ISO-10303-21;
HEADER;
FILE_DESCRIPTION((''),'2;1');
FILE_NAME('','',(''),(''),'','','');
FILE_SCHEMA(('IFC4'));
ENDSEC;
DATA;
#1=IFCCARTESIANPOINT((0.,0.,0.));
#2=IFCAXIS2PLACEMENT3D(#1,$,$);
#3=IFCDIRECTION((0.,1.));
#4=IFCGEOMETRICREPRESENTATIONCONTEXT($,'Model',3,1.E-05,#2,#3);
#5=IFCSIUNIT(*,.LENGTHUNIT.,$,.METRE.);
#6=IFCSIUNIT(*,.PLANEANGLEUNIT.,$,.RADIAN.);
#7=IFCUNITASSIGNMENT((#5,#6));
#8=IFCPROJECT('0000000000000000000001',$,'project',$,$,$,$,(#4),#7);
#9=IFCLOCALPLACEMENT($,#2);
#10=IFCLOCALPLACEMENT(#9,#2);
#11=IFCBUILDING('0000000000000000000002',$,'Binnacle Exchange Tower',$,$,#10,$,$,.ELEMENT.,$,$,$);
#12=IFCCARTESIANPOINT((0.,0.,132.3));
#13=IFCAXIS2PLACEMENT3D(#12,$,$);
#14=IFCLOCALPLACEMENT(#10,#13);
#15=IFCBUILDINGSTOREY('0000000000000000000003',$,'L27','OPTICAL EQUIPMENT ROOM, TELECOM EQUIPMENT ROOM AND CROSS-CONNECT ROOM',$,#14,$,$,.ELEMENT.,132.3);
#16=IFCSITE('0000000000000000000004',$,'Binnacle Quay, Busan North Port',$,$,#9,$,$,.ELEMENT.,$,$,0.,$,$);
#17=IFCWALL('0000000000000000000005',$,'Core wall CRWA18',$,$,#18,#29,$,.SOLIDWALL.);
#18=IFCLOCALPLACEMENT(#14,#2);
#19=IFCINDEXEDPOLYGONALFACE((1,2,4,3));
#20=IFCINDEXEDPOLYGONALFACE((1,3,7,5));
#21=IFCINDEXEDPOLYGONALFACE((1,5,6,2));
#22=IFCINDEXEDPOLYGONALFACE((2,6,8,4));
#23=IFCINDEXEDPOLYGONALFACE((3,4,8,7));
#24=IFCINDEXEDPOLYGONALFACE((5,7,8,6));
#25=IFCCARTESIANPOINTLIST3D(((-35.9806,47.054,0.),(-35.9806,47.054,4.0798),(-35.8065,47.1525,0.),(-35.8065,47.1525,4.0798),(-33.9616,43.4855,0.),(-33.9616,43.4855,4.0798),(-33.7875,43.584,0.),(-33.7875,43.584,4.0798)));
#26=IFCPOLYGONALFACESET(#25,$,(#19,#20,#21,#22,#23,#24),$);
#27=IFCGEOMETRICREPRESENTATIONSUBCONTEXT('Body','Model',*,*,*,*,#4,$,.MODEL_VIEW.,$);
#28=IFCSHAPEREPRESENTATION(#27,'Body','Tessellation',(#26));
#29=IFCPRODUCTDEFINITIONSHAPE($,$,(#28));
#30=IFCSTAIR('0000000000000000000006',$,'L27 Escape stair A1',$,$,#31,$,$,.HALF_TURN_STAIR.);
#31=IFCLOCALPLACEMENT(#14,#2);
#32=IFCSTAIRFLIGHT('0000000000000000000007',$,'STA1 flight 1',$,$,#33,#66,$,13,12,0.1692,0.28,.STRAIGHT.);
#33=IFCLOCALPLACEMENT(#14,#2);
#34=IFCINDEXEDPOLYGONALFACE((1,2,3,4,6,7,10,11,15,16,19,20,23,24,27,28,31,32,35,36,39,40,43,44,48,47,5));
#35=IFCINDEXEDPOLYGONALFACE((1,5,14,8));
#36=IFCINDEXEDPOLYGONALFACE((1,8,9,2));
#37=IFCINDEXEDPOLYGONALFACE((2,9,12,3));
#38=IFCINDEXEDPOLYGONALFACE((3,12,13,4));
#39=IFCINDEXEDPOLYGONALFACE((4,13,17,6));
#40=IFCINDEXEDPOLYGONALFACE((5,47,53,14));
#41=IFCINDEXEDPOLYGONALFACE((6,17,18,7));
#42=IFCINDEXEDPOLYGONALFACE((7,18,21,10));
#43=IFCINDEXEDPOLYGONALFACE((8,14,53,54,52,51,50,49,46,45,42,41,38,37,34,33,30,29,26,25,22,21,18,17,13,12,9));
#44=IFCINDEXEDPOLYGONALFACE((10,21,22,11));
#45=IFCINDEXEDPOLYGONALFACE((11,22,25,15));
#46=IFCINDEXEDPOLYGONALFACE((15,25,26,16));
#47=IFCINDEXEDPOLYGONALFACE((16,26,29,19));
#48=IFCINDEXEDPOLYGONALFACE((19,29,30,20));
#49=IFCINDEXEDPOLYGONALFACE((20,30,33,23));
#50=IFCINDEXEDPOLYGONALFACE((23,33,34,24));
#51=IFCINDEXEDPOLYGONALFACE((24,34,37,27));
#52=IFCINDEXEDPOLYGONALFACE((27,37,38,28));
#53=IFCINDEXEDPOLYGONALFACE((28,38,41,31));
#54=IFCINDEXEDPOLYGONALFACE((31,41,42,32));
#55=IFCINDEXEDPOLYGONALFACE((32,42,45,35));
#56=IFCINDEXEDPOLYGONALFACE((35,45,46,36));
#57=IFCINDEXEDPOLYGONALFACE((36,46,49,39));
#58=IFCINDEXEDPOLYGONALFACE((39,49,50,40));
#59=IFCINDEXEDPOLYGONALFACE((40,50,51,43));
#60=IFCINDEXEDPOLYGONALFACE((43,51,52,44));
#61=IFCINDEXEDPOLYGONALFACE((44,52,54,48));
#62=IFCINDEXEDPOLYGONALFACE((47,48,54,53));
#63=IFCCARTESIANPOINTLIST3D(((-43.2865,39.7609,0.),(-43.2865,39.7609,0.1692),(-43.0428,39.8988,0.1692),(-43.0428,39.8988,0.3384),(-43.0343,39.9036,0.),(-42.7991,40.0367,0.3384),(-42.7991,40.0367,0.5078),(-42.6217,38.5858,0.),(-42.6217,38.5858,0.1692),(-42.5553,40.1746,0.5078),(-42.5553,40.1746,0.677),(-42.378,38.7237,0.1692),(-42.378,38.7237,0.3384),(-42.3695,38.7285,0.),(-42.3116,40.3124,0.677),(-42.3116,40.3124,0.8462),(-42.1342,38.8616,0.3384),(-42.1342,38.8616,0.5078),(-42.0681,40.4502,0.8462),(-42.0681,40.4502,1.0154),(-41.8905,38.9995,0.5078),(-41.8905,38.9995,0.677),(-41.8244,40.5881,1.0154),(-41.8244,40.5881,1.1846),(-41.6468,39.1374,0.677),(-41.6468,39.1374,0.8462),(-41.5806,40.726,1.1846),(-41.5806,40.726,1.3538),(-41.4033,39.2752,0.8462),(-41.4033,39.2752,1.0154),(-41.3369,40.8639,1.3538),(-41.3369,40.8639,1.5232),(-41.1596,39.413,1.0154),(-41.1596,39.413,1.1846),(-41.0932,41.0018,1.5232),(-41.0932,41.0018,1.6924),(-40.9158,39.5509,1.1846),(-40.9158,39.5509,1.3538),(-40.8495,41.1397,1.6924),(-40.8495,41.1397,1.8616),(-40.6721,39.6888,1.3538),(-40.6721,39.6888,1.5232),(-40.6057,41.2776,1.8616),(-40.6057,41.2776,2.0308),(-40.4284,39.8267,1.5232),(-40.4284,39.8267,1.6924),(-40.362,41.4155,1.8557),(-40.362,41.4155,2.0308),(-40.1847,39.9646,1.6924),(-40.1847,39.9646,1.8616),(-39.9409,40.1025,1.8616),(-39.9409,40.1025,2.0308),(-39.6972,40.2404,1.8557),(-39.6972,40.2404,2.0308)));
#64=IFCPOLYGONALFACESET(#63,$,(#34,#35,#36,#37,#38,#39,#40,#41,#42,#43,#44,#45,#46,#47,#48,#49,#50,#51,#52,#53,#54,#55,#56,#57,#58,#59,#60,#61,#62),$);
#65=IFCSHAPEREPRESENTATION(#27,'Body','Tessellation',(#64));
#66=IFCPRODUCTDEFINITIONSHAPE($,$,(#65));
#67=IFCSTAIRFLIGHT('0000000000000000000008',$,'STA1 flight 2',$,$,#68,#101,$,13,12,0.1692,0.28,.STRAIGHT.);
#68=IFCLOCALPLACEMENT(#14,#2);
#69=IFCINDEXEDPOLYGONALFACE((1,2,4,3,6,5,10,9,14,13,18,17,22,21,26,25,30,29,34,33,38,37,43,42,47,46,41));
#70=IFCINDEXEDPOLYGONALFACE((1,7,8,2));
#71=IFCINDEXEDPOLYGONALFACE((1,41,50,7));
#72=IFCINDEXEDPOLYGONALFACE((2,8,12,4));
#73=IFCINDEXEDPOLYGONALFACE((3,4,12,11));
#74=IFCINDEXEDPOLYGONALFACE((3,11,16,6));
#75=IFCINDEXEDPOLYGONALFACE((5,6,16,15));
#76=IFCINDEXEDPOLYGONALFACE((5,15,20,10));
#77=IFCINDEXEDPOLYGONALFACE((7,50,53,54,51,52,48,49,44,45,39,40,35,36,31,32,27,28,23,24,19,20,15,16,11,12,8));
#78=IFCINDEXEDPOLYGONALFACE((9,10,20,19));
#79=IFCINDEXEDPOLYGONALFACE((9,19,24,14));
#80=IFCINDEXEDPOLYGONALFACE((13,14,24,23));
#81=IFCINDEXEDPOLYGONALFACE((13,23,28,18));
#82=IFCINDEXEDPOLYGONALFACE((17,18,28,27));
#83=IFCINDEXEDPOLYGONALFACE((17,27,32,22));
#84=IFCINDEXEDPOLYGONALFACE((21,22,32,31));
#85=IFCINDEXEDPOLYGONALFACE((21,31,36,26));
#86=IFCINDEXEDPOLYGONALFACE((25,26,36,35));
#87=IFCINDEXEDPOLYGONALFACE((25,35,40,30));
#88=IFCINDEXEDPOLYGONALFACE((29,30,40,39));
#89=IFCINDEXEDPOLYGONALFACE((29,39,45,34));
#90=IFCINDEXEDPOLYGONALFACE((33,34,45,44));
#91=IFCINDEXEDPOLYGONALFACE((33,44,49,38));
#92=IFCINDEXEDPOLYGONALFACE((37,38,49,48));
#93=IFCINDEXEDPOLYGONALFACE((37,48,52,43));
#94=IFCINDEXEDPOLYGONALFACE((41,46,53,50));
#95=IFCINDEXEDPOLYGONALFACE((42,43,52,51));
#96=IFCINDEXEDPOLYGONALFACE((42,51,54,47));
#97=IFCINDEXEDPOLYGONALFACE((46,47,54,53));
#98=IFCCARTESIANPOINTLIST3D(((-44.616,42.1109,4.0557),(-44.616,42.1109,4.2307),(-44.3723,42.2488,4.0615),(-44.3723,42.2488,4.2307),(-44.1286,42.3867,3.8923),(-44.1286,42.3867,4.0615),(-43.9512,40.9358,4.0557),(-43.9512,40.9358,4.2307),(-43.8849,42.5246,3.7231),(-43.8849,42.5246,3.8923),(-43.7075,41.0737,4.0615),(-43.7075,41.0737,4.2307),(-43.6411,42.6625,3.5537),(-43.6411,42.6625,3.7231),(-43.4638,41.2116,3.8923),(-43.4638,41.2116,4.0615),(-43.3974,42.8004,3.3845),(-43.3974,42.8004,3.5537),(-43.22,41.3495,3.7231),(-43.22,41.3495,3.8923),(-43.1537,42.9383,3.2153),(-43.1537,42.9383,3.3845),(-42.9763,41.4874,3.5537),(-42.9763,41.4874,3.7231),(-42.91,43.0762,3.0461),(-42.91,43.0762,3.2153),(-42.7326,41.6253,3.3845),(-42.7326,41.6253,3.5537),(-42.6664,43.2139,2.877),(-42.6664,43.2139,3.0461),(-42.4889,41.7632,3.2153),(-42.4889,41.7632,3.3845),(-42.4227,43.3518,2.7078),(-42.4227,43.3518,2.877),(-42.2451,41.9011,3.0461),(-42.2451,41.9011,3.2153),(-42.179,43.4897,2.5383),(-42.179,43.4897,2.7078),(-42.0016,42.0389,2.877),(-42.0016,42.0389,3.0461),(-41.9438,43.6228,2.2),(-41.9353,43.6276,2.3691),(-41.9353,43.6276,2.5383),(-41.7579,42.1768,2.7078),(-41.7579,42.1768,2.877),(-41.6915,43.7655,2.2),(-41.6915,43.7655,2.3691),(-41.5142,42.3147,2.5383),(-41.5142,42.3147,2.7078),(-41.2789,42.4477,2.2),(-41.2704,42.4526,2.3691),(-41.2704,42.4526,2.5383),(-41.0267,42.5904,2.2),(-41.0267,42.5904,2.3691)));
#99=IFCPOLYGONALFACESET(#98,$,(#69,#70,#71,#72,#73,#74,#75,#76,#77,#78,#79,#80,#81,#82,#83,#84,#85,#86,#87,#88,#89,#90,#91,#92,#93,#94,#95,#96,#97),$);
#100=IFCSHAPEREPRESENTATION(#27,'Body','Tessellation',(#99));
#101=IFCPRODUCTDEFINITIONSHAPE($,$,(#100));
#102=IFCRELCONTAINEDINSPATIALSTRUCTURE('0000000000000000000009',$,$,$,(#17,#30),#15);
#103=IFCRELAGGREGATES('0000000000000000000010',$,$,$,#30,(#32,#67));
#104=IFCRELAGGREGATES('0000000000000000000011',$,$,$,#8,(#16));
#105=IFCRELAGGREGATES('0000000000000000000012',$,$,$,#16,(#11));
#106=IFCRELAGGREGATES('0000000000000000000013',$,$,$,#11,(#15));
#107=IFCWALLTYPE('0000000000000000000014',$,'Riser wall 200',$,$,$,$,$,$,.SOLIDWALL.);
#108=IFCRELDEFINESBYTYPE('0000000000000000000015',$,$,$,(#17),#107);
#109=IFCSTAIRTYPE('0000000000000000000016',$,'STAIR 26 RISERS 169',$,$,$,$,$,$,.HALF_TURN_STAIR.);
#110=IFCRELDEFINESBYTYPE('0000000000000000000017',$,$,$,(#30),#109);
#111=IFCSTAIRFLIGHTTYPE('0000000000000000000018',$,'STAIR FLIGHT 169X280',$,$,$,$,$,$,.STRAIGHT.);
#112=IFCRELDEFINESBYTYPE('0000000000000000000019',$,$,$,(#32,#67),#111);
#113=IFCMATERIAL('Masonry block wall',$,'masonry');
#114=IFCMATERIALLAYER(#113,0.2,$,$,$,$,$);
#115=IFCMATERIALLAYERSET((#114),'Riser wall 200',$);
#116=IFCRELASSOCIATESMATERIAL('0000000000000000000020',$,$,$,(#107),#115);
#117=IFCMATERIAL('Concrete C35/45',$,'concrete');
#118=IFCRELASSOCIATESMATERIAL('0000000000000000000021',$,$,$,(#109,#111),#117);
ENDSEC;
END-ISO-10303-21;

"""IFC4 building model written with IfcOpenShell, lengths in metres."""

from ifc_helpers import new_model, si_unit, direction, frame, frame_2d, origin, place, context, subcontext, project, spatial, polyline, rectangle, outline, extrude, material, layer, layer_set, type_object, element, aggregate, save


model = new_model("IFC4")

# Units and contexts
model_context = context("Model", 3, precision=1e-05, world=origin(), true_north=direction((0.0, 1.0)))
body_context = subcontext(model_context, "Body", "Model", "MODEL_VIEW")
ifc_project = project(units=[si_unit("LENGTHUNIT", "METRE"), si_unit("PLANEANGLEUNIT", "RADIAN")], contexts=[model_context])

# Site, building, storey
site_placement = place(None, origin())
site = spatial("IfcSite", under=ifc_project, at=site_placement, Name="Binnacle Quay, Busan North Port", CompositionType="ELEMENT", RefElevation=0.0)
building_placement = place(site_placement, origin())
building = spatial("IfcBuilding", under=site, at=building_placement, Name="Binnacle Exchange Tower", CompositionType="ELEMENT")
storey_placement = place(building_placement, frame((0.0, 0.0, 132.3)))
storey = spatial("IfcBuildingStorey", under=building, at=storey_placement, Name="L27", Description="OPTICAL EQUIPMENT ROOM, TELECOM EQUIPMENT ROOM AND CROSS-CONNECT ROOM", CompositionType="ELEMENT", Elevation=132.3)

# Shared definitions
ifc_material_1 = material(Name="Masonry block wall", Category="masonry")

# Wall
ifc_layer_1 = layer(ifc_material_1, 0.2)
ifc_layer_set_1 = layer_set([ifc_layer_1], Name="Riser wall 200")
wall_type_1 = type_object("IfcWallType", Name="Riser wall 200", PredefinedType="SOLIDWALL", material=ifc_layer_set_1)
wall_1_placement = place(storey_placement, frame((-35.8936, 47.1033, 0.0), z_axis=(0.0, 0.0, 1.0), x_axis=(0.492428, -0.870353, 0.0)))
element("IfcWall", 1, at=wall_1_placement, inside=storey, type_object=wall_type_1, Name="Core wall CRWA18", PredefinedType="SOLIDWALL", context=body_context, shape_type="SweptSolid", body=[
    extrude(rectangle(XDim=4.1001, YDim=0.2, at=frame_2d((2.05, 0.0))), origin(), (0.0, 0.0, 1.0), 4.0798),
])

# Stair, stair flights
ifc_material_2 = material(Name="Concrete C35/45", Category="concrete")
stair_type = type_object("IfcStairType", Name="STAIR 26 RISERS 169", PredefinedType="HALF_TURN_STAIR", material=ifc_material_2)
stair_placement = place(storey_placement, origin())
stair = element("IfcStair", 2, at=stair_placement, inside=storey, type_object=stair_type, Name="L27 Escape stair A1", PredefinedType="HALF_TURN_STAIR")
stair_flight_type = type_object("IfcStairFlightType", Name="STAIR FLIGHT 169X280", PredefinedType="STRAIGHT", material=ifc_material_2)
stair_flight_1_placement = place(storey_placement, frame((-42.9541, 39.1733, 0.0), z_axis=(0.0, 0.0, 1.0), x_axis=(0.870356, 0.492424, 0.0)))
stair_flight_1 = element("IfcStairFlight", 3, at=stair_flight_1_placement, type_object=stair_flight_type, Name="STA1 flight 1", NumberOfRisers=13, NumberOfTreads=12, PredefinedType="STRAIGHT", RiserHeight=0.1692, TreadLength=0.28, context=body_context, shape_type="SweptSolid", body=[
    extrude(outline(polyline([(0.0, 0.0), (0.0, 0.1692), (0.28, 0.1692), (0.28, 0.3384), (0.5601, 0.3384), (0.5601, 0.5078), (0.8401, 0.5078), (0.8401, 0.677), (1.1201, 0.677), (1.1201, 0.8462), (1.3999, 0.8462), (1.3999, 1.0154), (1.6799, 1.0154), (1.6799, 1.1846), (1.96, 1.1846), (1.96, 1.3538), (2.24, 1.3538), (2.24, 1.5232), (2.52, 1.5232), (2.52, 1.6924), (2.8, 1.6924), (2.8, 1.8616), (3.0801, 1.8616), (3.0801, 2.0308), (3.3601, 2.0308), (3.3601, 2.2), (3.3601, 1.8557), (0.2898, 0.0), (0.0, 0.0)])), frame((0.0, 0.675, 0.0), z_axis=(0.0, -1.0, 0.0), x_axis=(1.0, 0.0, 0.0)), (0.0, 0.0, 1.0), 1.3501),
])
stair_flight_2_placement = place(storey_placement, frame((-41.3591, 43.178, 2.2), z_axis=(0.0, 0.0, 1.0), x_axis=(-0.870356, -0.492424, 0.0)))
stair_flight_2 = element("IfcStairFlight", 4, at=stair_flight_2_placement, type_object=stair_flight_type, Name="STA1 flight 2", NumberOfRisers=13, NumberOfTreads=12, PredefinedType="STRAIGHT", RiserHeight=0.1692, TreadLength=0.28, context=body_context, shape_type="SweptSolid", body=[
    extrude(outline(polyline([(0.0, 0.0), (0.0, 0.1692), (0.28, 0.1692), (0.28, 0.3384), (0.5601, 0.3384), (0.5601, 0.5078), (0.8401, 0.5078), (0.8401, 0.677), (1.1201, 0.677), (1.1201, 0.8462), (1.3999, 0.8462), (1.3999, 1.0154), (1.6799, 1.0154), (1.6799, 1.1846), (1.96, 1.1846), (1.96, 1.3538), (2.24, 1.3538), (2.24, 1.5232), (2.52, 1.5232), (2.52, 1.6924), (2.8, 1.6924), (2.8, 1.8616), (3.0801, 1.8616), (3.0801, 2.0308), (3.3601, 2.0308), (3.3601, 2.2), (3.3601, 1.8557), (0.2898, 0.0), (0.0, 0.0)])), frame((0.0, 0.675, 0.0), z_axis=(0.0, -1.0, 0.0), x_axis=(1.0, 0.0, 0.0)), (0.0, 0.0, 1.0), 1.3501),
])
aggregate(stair, [stair_flight_1, stair_flight_2])

save(model, "model.ifc")
